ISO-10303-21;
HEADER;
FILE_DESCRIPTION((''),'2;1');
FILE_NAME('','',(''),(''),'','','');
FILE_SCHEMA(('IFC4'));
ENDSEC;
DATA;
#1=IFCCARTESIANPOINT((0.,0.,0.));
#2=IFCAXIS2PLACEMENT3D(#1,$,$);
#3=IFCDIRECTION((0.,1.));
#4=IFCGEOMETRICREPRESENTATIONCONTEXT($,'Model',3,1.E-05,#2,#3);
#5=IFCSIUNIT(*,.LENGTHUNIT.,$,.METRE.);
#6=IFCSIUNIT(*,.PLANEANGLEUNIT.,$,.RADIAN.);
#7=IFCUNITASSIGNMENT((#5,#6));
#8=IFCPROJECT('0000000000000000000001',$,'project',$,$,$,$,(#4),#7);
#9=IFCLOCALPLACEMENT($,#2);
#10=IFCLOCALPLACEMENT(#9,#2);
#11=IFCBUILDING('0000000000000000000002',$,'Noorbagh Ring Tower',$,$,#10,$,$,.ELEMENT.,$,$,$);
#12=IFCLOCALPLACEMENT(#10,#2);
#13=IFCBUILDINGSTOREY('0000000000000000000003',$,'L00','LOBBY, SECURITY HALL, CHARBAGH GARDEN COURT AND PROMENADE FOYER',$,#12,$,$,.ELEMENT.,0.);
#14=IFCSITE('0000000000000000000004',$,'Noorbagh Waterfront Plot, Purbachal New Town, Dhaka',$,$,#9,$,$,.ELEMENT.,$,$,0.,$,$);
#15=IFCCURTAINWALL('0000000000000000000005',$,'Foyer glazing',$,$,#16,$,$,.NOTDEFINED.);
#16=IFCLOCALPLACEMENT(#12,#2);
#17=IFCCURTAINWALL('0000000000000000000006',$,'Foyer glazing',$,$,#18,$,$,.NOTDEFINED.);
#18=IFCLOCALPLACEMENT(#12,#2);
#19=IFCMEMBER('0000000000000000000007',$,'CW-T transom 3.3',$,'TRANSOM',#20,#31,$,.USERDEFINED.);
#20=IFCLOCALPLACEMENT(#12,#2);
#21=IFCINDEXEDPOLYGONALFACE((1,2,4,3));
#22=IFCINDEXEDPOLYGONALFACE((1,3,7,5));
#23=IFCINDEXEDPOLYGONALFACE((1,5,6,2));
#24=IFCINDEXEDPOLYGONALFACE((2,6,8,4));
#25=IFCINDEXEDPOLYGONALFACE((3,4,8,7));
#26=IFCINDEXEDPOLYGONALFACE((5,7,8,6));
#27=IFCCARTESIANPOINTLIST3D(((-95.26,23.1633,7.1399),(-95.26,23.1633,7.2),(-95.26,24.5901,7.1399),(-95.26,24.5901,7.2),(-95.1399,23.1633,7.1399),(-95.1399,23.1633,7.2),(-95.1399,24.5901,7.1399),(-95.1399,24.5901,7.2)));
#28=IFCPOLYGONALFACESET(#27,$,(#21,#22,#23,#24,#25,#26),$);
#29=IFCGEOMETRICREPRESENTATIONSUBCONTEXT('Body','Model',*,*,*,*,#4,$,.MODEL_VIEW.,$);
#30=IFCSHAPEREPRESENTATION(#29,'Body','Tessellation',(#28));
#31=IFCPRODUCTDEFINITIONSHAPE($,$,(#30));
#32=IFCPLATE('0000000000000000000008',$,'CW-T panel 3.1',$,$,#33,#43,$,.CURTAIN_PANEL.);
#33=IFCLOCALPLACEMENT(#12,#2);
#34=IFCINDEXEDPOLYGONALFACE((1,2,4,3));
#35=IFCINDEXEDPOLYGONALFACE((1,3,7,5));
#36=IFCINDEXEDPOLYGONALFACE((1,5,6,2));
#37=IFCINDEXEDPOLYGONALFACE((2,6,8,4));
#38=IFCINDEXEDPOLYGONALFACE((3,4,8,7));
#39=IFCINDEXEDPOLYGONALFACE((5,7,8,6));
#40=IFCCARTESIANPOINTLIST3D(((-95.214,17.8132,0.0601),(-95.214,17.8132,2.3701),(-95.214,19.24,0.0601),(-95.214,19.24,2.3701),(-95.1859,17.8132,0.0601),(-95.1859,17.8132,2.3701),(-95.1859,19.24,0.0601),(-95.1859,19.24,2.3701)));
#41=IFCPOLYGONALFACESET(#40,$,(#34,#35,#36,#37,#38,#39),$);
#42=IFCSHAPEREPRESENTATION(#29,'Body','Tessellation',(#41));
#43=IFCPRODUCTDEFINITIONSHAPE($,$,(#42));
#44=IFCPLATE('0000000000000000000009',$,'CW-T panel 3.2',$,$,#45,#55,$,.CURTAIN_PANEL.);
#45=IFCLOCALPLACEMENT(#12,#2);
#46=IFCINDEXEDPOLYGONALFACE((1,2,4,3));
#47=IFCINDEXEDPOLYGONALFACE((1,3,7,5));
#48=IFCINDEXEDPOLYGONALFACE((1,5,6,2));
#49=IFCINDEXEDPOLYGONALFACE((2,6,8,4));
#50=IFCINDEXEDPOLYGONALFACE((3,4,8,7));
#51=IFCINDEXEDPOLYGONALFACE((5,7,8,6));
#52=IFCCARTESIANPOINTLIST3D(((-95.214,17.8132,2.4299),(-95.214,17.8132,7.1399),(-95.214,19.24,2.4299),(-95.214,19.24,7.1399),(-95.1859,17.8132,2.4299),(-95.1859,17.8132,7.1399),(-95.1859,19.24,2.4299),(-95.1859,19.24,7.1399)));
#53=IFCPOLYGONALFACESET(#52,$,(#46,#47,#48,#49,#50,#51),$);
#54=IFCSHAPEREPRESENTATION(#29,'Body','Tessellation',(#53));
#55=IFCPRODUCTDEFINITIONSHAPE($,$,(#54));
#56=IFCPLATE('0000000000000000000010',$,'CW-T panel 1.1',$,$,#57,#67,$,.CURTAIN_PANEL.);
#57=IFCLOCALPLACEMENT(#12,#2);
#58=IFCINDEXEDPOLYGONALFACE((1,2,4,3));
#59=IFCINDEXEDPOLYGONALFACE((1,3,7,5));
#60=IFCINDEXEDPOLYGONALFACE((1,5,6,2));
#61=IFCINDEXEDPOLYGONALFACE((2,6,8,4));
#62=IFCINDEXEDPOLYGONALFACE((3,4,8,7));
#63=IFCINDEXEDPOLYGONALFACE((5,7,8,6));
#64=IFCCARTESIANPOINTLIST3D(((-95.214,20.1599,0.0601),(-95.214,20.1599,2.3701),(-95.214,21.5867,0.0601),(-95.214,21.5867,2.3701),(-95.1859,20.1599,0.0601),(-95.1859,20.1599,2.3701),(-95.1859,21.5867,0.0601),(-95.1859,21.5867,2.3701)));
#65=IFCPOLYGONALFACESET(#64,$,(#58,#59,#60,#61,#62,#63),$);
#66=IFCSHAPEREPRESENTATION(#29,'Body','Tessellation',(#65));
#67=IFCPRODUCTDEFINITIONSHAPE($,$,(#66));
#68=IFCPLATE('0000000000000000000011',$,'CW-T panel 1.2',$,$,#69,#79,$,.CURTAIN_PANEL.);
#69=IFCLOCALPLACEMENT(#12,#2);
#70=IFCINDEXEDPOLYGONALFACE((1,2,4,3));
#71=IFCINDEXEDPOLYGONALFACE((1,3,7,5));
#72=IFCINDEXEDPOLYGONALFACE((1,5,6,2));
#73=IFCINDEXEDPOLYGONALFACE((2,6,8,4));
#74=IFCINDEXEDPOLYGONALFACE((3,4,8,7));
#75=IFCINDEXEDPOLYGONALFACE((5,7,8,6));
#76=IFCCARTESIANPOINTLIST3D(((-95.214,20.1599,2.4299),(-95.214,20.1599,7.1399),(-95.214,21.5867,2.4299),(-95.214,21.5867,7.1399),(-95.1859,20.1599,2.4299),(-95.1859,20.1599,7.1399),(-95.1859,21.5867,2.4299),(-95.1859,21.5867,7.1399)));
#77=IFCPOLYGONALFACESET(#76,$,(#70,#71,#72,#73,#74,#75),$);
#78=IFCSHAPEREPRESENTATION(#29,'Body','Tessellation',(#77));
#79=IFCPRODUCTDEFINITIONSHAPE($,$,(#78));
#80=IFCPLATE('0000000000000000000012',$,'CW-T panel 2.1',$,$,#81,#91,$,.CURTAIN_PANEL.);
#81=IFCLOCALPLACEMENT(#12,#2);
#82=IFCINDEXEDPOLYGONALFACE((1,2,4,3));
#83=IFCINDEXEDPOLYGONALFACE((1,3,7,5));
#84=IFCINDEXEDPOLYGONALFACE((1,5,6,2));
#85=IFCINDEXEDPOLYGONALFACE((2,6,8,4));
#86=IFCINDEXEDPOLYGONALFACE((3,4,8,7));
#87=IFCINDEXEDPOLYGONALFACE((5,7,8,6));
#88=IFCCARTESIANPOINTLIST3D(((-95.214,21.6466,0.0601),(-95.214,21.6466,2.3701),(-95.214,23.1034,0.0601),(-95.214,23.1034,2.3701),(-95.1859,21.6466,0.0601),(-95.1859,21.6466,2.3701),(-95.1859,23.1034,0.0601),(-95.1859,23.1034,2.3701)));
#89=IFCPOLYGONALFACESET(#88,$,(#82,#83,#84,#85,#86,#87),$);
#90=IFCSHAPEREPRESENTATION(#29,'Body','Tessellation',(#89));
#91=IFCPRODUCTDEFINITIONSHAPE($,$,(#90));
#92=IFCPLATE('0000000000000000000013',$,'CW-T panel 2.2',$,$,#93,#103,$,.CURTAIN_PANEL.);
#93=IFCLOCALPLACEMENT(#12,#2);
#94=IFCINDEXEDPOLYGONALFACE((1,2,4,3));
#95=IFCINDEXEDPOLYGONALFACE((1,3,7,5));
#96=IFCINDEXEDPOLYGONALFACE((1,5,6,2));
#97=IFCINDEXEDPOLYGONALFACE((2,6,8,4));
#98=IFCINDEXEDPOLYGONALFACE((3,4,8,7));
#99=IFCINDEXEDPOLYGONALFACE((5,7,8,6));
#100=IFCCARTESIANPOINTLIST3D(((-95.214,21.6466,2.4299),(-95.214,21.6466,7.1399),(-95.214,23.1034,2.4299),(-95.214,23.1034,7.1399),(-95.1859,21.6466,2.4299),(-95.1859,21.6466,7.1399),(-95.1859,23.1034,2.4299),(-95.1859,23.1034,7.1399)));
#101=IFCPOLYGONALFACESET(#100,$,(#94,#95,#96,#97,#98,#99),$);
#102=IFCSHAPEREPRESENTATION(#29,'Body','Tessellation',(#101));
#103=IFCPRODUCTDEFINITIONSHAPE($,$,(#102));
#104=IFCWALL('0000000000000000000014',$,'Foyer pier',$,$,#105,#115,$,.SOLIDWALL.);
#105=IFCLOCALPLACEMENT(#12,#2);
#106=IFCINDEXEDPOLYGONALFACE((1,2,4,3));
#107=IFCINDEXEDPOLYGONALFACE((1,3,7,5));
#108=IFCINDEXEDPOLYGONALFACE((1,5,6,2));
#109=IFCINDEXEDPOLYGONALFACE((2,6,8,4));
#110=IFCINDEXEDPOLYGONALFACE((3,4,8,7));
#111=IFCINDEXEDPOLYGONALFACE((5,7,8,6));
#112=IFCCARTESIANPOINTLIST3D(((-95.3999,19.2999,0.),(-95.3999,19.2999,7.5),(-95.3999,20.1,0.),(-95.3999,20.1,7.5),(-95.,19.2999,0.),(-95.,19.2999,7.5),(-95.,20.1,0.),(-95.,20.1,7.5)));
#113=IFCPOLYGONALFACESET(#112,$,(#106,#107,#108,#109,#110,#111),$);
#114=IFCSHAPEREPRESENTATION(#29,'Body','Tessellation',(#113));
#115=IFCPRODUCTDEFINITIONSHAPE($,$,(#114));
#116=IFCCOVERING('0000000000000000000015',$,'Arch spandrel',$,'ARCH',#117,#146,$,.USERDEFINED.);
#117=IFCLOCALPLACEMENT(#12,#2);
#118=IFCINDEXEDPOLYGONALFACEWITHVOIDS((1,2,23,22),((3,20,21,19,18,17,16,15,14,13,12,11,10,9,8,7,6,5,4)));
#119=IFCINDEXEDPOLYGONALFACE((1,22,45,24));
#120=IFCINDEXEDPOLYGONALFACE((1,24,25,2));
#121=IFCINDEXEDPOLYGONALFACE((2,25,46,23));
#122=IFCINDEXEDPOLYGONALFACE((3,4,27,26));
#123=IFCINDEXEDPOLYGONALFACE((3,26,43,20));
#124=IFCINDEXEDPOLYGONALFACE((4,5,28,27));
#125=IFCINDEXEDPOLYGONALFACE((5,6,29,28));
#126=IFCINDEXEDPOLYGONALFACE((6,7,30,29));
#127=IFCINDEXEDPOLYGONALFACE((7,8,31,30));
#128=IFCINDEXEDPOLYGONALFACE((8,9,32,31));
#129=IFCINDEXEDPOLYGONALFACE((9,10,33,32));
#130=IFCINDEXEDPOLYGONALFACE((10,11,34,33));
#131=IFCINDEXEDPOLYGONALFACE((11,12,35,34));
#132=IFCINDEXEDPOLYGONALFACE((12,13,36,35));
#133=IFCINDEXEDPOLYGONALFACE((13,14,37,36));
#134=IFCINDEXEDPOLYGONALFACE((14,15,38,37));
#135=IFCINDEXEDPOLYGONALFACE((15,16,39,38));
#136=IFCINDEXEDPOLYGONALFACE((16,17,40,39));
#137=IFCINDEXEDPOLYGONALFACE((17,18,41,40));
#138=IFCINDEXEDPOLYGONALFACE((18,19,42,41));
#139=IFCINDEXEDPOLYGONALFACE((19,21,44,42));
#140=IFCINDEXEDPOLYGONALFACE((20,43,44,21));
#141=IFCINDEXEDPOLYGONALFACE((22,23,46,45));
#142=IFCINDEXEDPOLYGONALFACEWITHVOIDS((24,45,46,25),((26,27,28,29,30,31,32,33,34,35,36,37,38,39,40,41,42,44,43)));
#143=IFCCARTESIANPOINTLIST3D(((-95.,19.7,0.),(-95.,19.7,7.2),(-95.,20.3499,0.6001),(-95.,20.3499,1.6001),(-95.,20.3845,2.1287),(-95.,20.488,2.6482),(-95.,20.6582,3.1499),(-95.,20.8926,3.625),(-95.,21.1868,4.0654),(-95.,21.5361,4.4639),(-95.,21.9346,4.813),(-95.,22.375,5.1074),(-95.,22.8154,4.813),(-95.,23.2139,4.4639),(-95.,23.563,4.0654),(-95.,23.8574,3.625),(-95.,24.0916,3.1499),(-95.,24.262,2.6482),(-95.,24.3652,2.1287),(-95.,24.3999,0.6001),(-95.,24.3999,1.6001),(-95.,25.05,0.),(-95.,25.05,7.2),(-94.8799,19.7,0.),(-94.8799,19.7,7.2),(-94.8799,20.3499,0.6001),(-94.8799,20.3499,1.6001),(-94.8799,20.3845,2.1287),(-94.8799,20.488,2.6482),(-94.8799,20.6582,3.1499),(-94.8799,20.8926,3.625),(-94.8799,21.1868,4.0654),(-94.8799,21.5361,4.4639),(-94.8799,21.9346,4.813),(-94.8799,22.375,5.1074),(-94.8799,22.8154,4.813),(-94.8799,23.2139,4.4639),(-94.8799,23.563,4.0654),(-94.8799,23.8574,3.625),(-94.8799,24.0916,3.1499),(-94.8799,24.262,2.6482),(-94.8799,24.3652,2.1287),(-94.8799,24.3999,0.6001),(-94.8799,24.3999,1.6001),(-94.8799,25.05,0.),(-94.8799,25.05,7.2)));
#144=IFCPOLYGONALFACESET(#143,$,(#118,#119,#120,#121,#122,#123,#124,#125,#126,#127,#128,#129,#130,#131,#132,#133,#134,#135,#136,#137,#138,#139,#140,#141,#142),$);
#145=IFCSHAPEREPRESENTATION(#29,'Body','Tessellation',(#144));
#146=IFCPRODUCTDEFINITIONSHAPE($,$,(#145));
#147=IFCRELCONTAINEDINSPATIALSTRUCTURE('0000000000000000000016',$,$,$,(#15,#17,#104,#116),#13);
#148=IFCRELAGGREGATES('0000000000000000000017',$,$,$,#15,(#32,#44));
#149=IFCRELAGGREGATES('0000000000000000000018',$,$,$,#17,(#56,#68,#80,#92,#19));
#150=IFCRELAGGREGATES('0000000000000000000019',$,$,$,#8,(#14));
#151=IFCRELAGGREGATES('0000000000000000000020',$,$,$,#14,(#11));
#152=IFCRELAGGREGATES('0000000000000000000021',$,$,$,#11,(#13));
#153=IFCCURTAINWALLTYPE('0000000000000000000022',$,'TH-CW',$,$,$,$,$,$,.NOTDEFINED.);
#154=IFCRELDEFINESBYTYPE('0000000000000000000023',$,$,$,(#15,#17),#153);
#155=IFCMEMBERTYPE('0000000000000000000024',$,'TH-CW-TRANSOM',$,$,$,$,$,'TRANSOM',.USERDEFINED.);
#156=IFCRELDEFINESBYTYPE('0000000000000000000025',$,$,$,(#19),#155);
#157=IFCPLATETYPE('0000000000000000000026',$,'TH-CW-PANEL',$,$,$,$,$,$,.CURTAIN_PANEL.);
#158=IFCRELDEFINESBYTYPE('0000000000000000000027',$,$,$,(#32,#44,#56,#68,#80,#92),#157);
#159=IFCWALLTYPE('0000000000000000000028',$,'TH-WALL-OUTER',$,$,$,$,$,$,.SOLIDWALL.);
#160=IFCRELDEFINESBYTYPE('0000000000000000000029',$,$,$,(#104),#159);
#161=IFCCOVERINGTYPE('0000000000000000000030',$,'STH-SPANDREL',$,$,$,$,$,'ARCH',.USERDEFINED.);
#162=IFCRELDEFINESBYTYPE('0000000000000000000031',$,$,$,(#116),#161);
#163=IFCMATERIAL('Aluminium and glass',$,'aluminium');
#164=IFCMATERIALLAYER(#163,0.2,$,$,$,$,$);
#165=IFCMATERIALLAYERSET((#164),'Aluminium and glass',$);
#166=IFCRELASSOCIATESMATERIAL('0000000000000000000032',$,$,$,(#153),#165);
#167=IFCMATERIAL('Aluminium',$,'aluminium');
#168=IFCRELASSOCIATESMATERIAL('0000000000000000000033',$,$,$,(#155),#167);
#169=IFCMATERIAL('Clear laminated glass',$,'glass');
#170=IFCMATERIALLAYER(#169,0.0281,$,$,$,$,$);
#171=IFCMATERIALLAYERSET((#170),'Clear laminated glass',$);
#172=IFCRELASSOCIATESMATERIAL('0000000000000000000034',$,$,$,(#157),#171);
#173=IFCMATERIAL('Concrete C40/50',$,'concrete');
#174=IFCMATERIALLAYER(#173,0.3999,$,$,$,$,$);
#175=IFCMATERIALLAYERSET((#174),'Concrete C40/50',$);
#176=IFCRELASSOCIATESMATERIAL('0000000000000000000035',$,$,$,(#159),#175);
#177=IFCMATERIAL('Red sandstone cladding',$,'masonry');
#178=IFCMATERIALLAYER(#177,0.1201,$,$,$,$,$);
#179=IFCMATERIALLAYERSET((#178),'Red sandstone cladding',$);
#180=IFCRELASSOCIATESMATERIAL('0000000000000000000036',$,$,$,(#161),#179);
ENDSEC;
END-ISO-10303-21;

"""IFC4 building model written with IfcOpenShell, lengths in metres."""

from ifc_helpers import new_model, si_unit, direction, frame, frame_2d, origin, origin_2d, place, context, subcontext, project, spatial, polyline, rectangle, outline, extrude, material, layer, layer_set, material_profile, profile_set, type_object, element, aggregate, save


model = new_model("IFC4")

# Units and contexts
model_context = context("Model", 3, precision=1e-05, world=origin(), true_north=direction((0.0, 1.0)))
body_context = subcontext(model_context, "Body", "Model", "MODEL_VIEW")
ifc_project = project(units=[si_unit("LENGTHUNIT", "METRE"), si_unit("PLANEANGLEUNIT", "RADIAN")], contexts=[model_context])

# Site, building, storey
site_placement = place(None, origin())
site = spatial("IfcSite", under=ifc_project, at=site_placement, Name="Noorbagh Waterfront Plot, Purbachal New Town, Dhaka", CompositionType="ELEMENT", RefElevation=0.0)
building_placement = place(site_placement, origin())
building = spatial("IfcBuilding", under=site, at=building_placement, Name="Noorbagh Ring Tower", CompositionType="ELEMENT")
storey_placement = place(building_placement, origin())
storey = spatial("IfcBuildingStorey", under=building, at=storey_placement, Name="L00", Description="LOBBY, SECURITY HALL, CHARBAGH GARDEN COURT AND PROMENADE FOYER", CompositionType="ELEMENT", Elevation=0.0)

# Curtain wall
ifc_material_1 = material(Name="Aluminium and glass", Category="aluminium")
ifc_layer_1 = layer(ifc_material_1, 0.2)
ifc_layer_set_1 = layer_set([ifc_layer_1], Name="Aluminium and glass")
curtain_wall_type = type_object("IfcCurtainWallType", Name="TH-CW", PredefinedType="NOTDEFINED", material=ifc_layer_set_1)
curtain_wall_1_placement = place(storey_placement, origin())
curtain_wall_1 = element("IfcCurtainWall", 1, at=curtain_wall_1_placement, inside=storey, type_object=curtain_wall_type, Name="Foyer glazing", PredefinedType="NOTDEFINED")

# Curtain wall
curtain_wall_2_placement = place(storey_placement, origin())
curtain_wall_2 = element("IfcCurtainWall", 2, at=curtain_wall_2_placement, inside=storey, type_object=curtain_wall_type, Name="Foyer glazing", PredefinedType="NOTDEFINED")

# Member
ifc_material_2 = material(Name="Aluminium", Category="aluminium")
ifc_material_profile_1 = material_profile(ifc_material_2, rectangle(XDim=0.1201, YDim=0.0601, at=origin_2d()), Name="AL 120x60")
ifc_profile_set_1 = profile_set([ifc_material_profile_1], Name="Aluminium")
member_type_1 = type_object("IfcMemberType", Name="TH-CW-TRANSOM", ElementType="TRANSOM", PredefinedType="USERDEFINED", material=ifc_profile_set_1)
member_1_placement = place(storey_placement, frame((-95.2, 23.1633, 7.1699), z_axis=(0.0, 1.0, 0.0), x_axis=(-1.0, 0.0, 0.0)))
member_1 = element("IfcMember", 3, at=member_1_placement, type_object=member_type_1, Name="CW-T transom 3.3", ObjectType="TRANSOM", PredefinedType="USERDEFINED", context=body_context, shape_type="SweptSolid", body=[
    extrude(rectangle(XDim=0.1201, YDim=0.0601, at=origin_2d()), origin(), (0.0, 0.0, 1.0), 1.4268),
])

# Plates
ifc_material_3 = material(Name="Clear laminated glass", Category="glass")
ifc_layer_2 = layer(ifc_material_3, 0.0281)
ifc_layer_set_2 = layer_set([ifc_layer_2], Name="Clear laminated glass")
plate_type = type_object("IfcPlateType", Name="TH-CW-PANEL", PredefinedType="CURTAIN_PANEL", material=ifc_layer_set_2)
plate_1_placement = place(storey_placement, frame((-95.2, 18.5266, 0.0601), z_axis=(0.0, 0.0, 1.0), x_axis=(0.0, 1.0, 0.0)))
plate_1 = element("IfcPlate", 4, at=plate_1_placement, type_object=plate_type, Name="CW-T panel 3.1", PredefinedType="CURTAIN_PANEL", context=body_context, shape_type="SweptSolid", body=[
    extrude(rectangle(XDim=1.4268, YDim=0.0281, at=origin_2d()), origin(), (0.0, 0.0, 1.0), 2.3101),
])
plate_2_placement = place(storey_placement, frame((-95.2, 18.5266, 2.4299), z_axis=(0.0, 0.0, 1.0), x_axis=(0.0, 1.0, 0.0)))
plate_2 = element("IfcPlate", 5, at=plate_2_placement, type_object=plate_type, Name="CW-T panel 3.2", PredefinedType="CURTAIN_PANEL", context=body_context, shape_type="SweptSolid", body=[
    extrude(rectangle(XDim=1.4268, YDim=0.0281, at=origin_2d()), origin(), (0.0, 0.0, 1.0), 4.71),
])
aggregate(curtain_wall_1, [plate_1, plate_2])
plate_3_placement = place(storey_placement, frame((-95.2, 20.8733, 0.0601), z_axis=(0.0, 0.0, 1.0), x_axis=(0.0, 1.0, 0.0)))
plate_3 = element("IfcPlate", 6, at=plate_3_placement, type_object=plate_type, Name="CW-T panel 1.1", PredefinedType="CURTAIN_PANEL", context=body_context, shape_type="SweptSolid", body=[
    extrude(rectangle(XDim=1.4268, YDim=0.0281, at=origin_2d()), origin(), (0.0, 0.0, 1.0), 2.3101),
])
plate_4_placement = place(storey_placement, frame((-95.2, 20.8733, 2.4299), z_axis=(0.0, 0.0, 1.0), x_axis=(0.0, 1.0, 0.0)))
plate_4 = element("IfcPlate", 7, at=plate_4_placement, type_object=plate_type, Name="CW-T panel 1.2", PredefinedType="CURTAIN_PANEL", context=body_context, shape_type="SweptSolid", body=[
    extrude(rectangle(XDim=1.4268, YDim=0.0281, at=origin_2d()), origin(), (0.0, 0.0, 1.0), 4.71),
])
plate_5_placement = place(storey_placement, frame((-95.2, 22.375, 0.0601), z_axis=(0.0, 0.0, 1.0), x_axis=(0.0, 1.0, 0.0)))
plate_5 = element("IfcPlate", 8, at=plate_5_placement, type_object=plate_type, Name="CW-T panel 2.1", PredefinedType="CURTAIN_PANEL", context=body_context, shape_type="SweptSolid", body=[
    extrude(rectangle(XDim=1.4568, YDim=0.0281, at=origin_2d()), origin(), (0.0, 0.0, 1.0), 2.3101),
])
plate_6_placement = place(storey_placement, frame((-95.2, 22.375, 2.4299), z_axis=(0.0, 0.0, 1.0), x_axis=(0.0, 1.0, 0.0)))
plate_6 = element("IfcPlate", 9, at=plate_6_placement, type_object=plate_type, Name="CW-T panel 2.2", PredefinedType="CURTAIN_PANEL", context=body_context, shape_type="SweptSolid", body=[
    extrude(rectangle(XDim=1.4568, YDim=0.0281, at=origin_2d()), origin(), (0.0, 0.0, 1.0), 4.71),
])
aggregate(curtain_wall_2, [plate_3, plate_4, plate_5, plate_6, member_1])

# Wall
ifc_material_4 = material(Name="Concrete C40/50", Category="concrete")
ifc_layer_3 = layer(ifc_material_4, 0.3999)
ifc_layer_set_3 = layer_set([ifc_layer_3], Name="Concrete C40/50")
wall_type = type_object("IfcWallType", Name="TH-WALL-OUTER", PredefinedType="SOLIDWALL", material=ifc_layer_set_3)
wall_placement = place(storey_placement, frame((-95.2, 19.3, 0.0), z_axis=(0.0, 0.0, 1.0), x_axis=(0.0, 1.0, 0.0)))
element("IfcWall", 10, at=wall_placement, inside=storey, type_object=wall_type, Name="Foyer pier", PredefinedType="SOLIDWALL", context=body_context, shape_type="SweptSolid", body=[
    extrude(rectangle(XDim=0.8, YDim=0.3999, at=frame_2d((0.3999, 0.0))), origin(), (0.0, 0.0, 1.0), 7.5),
])

# Covering
ifc_material_5 = material(Name="Red sandstone cladding", Category="masonry")
ifc_layer_4 = layer(ifc_material_5, 0.1201)
ifc_layer_set_4 = layer_set([ifc_layer_4], Name="Red sandstone cladding")
covering_type_1 = type_object("IfcCoveringType", Name="STH-SPANDREL", ElementType="ARCH", PredefinedType="USERDEFINED", material=ifc_layer_set_4)
covering_1_placement = place(storey_placement, frame((-94.8799, 19.7, 0.0), z_axis=(1.0, 0.0, 0.0), x_axis=(0.0, 1.0, 0.0)))
element("IfcCovering", 11, at=covering_1_placement, inside=storey, type_object=covering_type_1, Name="Arch spandrel", ObjectType="ARCH", PredefinedType="USERDEFINED", context=body_context, shape_type="SweptSolid", body=[
    extrude(outline(polyline([(0.0, 0.0), (5.3501, 0.0), (5.3501, 7.2), (0.0, 7.2), (0.0, 0.0)]), holes=[polyline([(0.6499, 0.6001), (0.6499, 1.6001), (0.6846, 2.1287), (0.7881, 2.6482), (0.9583, 3.1499), (1.1926, 3.625), (1.4868, 4.0654), (1.8362, 4.4639), (2.2346, 4.813), (2.675, 5.1074), (3.1155, 4.813), (3.5139, 4.4639), (3.863, 4.0654), (4.1575, 3.625), (4.3916, 3.1499), (4.562, 2.6482), (4.6653, 2.1287), (4.7, 1.6001), (4.7, 0.6001), (0.6499, 0.6001)])]), origin(), (0.0, 0.0, -1.0), 0.1201),
])

save(model, "model.ifc")
